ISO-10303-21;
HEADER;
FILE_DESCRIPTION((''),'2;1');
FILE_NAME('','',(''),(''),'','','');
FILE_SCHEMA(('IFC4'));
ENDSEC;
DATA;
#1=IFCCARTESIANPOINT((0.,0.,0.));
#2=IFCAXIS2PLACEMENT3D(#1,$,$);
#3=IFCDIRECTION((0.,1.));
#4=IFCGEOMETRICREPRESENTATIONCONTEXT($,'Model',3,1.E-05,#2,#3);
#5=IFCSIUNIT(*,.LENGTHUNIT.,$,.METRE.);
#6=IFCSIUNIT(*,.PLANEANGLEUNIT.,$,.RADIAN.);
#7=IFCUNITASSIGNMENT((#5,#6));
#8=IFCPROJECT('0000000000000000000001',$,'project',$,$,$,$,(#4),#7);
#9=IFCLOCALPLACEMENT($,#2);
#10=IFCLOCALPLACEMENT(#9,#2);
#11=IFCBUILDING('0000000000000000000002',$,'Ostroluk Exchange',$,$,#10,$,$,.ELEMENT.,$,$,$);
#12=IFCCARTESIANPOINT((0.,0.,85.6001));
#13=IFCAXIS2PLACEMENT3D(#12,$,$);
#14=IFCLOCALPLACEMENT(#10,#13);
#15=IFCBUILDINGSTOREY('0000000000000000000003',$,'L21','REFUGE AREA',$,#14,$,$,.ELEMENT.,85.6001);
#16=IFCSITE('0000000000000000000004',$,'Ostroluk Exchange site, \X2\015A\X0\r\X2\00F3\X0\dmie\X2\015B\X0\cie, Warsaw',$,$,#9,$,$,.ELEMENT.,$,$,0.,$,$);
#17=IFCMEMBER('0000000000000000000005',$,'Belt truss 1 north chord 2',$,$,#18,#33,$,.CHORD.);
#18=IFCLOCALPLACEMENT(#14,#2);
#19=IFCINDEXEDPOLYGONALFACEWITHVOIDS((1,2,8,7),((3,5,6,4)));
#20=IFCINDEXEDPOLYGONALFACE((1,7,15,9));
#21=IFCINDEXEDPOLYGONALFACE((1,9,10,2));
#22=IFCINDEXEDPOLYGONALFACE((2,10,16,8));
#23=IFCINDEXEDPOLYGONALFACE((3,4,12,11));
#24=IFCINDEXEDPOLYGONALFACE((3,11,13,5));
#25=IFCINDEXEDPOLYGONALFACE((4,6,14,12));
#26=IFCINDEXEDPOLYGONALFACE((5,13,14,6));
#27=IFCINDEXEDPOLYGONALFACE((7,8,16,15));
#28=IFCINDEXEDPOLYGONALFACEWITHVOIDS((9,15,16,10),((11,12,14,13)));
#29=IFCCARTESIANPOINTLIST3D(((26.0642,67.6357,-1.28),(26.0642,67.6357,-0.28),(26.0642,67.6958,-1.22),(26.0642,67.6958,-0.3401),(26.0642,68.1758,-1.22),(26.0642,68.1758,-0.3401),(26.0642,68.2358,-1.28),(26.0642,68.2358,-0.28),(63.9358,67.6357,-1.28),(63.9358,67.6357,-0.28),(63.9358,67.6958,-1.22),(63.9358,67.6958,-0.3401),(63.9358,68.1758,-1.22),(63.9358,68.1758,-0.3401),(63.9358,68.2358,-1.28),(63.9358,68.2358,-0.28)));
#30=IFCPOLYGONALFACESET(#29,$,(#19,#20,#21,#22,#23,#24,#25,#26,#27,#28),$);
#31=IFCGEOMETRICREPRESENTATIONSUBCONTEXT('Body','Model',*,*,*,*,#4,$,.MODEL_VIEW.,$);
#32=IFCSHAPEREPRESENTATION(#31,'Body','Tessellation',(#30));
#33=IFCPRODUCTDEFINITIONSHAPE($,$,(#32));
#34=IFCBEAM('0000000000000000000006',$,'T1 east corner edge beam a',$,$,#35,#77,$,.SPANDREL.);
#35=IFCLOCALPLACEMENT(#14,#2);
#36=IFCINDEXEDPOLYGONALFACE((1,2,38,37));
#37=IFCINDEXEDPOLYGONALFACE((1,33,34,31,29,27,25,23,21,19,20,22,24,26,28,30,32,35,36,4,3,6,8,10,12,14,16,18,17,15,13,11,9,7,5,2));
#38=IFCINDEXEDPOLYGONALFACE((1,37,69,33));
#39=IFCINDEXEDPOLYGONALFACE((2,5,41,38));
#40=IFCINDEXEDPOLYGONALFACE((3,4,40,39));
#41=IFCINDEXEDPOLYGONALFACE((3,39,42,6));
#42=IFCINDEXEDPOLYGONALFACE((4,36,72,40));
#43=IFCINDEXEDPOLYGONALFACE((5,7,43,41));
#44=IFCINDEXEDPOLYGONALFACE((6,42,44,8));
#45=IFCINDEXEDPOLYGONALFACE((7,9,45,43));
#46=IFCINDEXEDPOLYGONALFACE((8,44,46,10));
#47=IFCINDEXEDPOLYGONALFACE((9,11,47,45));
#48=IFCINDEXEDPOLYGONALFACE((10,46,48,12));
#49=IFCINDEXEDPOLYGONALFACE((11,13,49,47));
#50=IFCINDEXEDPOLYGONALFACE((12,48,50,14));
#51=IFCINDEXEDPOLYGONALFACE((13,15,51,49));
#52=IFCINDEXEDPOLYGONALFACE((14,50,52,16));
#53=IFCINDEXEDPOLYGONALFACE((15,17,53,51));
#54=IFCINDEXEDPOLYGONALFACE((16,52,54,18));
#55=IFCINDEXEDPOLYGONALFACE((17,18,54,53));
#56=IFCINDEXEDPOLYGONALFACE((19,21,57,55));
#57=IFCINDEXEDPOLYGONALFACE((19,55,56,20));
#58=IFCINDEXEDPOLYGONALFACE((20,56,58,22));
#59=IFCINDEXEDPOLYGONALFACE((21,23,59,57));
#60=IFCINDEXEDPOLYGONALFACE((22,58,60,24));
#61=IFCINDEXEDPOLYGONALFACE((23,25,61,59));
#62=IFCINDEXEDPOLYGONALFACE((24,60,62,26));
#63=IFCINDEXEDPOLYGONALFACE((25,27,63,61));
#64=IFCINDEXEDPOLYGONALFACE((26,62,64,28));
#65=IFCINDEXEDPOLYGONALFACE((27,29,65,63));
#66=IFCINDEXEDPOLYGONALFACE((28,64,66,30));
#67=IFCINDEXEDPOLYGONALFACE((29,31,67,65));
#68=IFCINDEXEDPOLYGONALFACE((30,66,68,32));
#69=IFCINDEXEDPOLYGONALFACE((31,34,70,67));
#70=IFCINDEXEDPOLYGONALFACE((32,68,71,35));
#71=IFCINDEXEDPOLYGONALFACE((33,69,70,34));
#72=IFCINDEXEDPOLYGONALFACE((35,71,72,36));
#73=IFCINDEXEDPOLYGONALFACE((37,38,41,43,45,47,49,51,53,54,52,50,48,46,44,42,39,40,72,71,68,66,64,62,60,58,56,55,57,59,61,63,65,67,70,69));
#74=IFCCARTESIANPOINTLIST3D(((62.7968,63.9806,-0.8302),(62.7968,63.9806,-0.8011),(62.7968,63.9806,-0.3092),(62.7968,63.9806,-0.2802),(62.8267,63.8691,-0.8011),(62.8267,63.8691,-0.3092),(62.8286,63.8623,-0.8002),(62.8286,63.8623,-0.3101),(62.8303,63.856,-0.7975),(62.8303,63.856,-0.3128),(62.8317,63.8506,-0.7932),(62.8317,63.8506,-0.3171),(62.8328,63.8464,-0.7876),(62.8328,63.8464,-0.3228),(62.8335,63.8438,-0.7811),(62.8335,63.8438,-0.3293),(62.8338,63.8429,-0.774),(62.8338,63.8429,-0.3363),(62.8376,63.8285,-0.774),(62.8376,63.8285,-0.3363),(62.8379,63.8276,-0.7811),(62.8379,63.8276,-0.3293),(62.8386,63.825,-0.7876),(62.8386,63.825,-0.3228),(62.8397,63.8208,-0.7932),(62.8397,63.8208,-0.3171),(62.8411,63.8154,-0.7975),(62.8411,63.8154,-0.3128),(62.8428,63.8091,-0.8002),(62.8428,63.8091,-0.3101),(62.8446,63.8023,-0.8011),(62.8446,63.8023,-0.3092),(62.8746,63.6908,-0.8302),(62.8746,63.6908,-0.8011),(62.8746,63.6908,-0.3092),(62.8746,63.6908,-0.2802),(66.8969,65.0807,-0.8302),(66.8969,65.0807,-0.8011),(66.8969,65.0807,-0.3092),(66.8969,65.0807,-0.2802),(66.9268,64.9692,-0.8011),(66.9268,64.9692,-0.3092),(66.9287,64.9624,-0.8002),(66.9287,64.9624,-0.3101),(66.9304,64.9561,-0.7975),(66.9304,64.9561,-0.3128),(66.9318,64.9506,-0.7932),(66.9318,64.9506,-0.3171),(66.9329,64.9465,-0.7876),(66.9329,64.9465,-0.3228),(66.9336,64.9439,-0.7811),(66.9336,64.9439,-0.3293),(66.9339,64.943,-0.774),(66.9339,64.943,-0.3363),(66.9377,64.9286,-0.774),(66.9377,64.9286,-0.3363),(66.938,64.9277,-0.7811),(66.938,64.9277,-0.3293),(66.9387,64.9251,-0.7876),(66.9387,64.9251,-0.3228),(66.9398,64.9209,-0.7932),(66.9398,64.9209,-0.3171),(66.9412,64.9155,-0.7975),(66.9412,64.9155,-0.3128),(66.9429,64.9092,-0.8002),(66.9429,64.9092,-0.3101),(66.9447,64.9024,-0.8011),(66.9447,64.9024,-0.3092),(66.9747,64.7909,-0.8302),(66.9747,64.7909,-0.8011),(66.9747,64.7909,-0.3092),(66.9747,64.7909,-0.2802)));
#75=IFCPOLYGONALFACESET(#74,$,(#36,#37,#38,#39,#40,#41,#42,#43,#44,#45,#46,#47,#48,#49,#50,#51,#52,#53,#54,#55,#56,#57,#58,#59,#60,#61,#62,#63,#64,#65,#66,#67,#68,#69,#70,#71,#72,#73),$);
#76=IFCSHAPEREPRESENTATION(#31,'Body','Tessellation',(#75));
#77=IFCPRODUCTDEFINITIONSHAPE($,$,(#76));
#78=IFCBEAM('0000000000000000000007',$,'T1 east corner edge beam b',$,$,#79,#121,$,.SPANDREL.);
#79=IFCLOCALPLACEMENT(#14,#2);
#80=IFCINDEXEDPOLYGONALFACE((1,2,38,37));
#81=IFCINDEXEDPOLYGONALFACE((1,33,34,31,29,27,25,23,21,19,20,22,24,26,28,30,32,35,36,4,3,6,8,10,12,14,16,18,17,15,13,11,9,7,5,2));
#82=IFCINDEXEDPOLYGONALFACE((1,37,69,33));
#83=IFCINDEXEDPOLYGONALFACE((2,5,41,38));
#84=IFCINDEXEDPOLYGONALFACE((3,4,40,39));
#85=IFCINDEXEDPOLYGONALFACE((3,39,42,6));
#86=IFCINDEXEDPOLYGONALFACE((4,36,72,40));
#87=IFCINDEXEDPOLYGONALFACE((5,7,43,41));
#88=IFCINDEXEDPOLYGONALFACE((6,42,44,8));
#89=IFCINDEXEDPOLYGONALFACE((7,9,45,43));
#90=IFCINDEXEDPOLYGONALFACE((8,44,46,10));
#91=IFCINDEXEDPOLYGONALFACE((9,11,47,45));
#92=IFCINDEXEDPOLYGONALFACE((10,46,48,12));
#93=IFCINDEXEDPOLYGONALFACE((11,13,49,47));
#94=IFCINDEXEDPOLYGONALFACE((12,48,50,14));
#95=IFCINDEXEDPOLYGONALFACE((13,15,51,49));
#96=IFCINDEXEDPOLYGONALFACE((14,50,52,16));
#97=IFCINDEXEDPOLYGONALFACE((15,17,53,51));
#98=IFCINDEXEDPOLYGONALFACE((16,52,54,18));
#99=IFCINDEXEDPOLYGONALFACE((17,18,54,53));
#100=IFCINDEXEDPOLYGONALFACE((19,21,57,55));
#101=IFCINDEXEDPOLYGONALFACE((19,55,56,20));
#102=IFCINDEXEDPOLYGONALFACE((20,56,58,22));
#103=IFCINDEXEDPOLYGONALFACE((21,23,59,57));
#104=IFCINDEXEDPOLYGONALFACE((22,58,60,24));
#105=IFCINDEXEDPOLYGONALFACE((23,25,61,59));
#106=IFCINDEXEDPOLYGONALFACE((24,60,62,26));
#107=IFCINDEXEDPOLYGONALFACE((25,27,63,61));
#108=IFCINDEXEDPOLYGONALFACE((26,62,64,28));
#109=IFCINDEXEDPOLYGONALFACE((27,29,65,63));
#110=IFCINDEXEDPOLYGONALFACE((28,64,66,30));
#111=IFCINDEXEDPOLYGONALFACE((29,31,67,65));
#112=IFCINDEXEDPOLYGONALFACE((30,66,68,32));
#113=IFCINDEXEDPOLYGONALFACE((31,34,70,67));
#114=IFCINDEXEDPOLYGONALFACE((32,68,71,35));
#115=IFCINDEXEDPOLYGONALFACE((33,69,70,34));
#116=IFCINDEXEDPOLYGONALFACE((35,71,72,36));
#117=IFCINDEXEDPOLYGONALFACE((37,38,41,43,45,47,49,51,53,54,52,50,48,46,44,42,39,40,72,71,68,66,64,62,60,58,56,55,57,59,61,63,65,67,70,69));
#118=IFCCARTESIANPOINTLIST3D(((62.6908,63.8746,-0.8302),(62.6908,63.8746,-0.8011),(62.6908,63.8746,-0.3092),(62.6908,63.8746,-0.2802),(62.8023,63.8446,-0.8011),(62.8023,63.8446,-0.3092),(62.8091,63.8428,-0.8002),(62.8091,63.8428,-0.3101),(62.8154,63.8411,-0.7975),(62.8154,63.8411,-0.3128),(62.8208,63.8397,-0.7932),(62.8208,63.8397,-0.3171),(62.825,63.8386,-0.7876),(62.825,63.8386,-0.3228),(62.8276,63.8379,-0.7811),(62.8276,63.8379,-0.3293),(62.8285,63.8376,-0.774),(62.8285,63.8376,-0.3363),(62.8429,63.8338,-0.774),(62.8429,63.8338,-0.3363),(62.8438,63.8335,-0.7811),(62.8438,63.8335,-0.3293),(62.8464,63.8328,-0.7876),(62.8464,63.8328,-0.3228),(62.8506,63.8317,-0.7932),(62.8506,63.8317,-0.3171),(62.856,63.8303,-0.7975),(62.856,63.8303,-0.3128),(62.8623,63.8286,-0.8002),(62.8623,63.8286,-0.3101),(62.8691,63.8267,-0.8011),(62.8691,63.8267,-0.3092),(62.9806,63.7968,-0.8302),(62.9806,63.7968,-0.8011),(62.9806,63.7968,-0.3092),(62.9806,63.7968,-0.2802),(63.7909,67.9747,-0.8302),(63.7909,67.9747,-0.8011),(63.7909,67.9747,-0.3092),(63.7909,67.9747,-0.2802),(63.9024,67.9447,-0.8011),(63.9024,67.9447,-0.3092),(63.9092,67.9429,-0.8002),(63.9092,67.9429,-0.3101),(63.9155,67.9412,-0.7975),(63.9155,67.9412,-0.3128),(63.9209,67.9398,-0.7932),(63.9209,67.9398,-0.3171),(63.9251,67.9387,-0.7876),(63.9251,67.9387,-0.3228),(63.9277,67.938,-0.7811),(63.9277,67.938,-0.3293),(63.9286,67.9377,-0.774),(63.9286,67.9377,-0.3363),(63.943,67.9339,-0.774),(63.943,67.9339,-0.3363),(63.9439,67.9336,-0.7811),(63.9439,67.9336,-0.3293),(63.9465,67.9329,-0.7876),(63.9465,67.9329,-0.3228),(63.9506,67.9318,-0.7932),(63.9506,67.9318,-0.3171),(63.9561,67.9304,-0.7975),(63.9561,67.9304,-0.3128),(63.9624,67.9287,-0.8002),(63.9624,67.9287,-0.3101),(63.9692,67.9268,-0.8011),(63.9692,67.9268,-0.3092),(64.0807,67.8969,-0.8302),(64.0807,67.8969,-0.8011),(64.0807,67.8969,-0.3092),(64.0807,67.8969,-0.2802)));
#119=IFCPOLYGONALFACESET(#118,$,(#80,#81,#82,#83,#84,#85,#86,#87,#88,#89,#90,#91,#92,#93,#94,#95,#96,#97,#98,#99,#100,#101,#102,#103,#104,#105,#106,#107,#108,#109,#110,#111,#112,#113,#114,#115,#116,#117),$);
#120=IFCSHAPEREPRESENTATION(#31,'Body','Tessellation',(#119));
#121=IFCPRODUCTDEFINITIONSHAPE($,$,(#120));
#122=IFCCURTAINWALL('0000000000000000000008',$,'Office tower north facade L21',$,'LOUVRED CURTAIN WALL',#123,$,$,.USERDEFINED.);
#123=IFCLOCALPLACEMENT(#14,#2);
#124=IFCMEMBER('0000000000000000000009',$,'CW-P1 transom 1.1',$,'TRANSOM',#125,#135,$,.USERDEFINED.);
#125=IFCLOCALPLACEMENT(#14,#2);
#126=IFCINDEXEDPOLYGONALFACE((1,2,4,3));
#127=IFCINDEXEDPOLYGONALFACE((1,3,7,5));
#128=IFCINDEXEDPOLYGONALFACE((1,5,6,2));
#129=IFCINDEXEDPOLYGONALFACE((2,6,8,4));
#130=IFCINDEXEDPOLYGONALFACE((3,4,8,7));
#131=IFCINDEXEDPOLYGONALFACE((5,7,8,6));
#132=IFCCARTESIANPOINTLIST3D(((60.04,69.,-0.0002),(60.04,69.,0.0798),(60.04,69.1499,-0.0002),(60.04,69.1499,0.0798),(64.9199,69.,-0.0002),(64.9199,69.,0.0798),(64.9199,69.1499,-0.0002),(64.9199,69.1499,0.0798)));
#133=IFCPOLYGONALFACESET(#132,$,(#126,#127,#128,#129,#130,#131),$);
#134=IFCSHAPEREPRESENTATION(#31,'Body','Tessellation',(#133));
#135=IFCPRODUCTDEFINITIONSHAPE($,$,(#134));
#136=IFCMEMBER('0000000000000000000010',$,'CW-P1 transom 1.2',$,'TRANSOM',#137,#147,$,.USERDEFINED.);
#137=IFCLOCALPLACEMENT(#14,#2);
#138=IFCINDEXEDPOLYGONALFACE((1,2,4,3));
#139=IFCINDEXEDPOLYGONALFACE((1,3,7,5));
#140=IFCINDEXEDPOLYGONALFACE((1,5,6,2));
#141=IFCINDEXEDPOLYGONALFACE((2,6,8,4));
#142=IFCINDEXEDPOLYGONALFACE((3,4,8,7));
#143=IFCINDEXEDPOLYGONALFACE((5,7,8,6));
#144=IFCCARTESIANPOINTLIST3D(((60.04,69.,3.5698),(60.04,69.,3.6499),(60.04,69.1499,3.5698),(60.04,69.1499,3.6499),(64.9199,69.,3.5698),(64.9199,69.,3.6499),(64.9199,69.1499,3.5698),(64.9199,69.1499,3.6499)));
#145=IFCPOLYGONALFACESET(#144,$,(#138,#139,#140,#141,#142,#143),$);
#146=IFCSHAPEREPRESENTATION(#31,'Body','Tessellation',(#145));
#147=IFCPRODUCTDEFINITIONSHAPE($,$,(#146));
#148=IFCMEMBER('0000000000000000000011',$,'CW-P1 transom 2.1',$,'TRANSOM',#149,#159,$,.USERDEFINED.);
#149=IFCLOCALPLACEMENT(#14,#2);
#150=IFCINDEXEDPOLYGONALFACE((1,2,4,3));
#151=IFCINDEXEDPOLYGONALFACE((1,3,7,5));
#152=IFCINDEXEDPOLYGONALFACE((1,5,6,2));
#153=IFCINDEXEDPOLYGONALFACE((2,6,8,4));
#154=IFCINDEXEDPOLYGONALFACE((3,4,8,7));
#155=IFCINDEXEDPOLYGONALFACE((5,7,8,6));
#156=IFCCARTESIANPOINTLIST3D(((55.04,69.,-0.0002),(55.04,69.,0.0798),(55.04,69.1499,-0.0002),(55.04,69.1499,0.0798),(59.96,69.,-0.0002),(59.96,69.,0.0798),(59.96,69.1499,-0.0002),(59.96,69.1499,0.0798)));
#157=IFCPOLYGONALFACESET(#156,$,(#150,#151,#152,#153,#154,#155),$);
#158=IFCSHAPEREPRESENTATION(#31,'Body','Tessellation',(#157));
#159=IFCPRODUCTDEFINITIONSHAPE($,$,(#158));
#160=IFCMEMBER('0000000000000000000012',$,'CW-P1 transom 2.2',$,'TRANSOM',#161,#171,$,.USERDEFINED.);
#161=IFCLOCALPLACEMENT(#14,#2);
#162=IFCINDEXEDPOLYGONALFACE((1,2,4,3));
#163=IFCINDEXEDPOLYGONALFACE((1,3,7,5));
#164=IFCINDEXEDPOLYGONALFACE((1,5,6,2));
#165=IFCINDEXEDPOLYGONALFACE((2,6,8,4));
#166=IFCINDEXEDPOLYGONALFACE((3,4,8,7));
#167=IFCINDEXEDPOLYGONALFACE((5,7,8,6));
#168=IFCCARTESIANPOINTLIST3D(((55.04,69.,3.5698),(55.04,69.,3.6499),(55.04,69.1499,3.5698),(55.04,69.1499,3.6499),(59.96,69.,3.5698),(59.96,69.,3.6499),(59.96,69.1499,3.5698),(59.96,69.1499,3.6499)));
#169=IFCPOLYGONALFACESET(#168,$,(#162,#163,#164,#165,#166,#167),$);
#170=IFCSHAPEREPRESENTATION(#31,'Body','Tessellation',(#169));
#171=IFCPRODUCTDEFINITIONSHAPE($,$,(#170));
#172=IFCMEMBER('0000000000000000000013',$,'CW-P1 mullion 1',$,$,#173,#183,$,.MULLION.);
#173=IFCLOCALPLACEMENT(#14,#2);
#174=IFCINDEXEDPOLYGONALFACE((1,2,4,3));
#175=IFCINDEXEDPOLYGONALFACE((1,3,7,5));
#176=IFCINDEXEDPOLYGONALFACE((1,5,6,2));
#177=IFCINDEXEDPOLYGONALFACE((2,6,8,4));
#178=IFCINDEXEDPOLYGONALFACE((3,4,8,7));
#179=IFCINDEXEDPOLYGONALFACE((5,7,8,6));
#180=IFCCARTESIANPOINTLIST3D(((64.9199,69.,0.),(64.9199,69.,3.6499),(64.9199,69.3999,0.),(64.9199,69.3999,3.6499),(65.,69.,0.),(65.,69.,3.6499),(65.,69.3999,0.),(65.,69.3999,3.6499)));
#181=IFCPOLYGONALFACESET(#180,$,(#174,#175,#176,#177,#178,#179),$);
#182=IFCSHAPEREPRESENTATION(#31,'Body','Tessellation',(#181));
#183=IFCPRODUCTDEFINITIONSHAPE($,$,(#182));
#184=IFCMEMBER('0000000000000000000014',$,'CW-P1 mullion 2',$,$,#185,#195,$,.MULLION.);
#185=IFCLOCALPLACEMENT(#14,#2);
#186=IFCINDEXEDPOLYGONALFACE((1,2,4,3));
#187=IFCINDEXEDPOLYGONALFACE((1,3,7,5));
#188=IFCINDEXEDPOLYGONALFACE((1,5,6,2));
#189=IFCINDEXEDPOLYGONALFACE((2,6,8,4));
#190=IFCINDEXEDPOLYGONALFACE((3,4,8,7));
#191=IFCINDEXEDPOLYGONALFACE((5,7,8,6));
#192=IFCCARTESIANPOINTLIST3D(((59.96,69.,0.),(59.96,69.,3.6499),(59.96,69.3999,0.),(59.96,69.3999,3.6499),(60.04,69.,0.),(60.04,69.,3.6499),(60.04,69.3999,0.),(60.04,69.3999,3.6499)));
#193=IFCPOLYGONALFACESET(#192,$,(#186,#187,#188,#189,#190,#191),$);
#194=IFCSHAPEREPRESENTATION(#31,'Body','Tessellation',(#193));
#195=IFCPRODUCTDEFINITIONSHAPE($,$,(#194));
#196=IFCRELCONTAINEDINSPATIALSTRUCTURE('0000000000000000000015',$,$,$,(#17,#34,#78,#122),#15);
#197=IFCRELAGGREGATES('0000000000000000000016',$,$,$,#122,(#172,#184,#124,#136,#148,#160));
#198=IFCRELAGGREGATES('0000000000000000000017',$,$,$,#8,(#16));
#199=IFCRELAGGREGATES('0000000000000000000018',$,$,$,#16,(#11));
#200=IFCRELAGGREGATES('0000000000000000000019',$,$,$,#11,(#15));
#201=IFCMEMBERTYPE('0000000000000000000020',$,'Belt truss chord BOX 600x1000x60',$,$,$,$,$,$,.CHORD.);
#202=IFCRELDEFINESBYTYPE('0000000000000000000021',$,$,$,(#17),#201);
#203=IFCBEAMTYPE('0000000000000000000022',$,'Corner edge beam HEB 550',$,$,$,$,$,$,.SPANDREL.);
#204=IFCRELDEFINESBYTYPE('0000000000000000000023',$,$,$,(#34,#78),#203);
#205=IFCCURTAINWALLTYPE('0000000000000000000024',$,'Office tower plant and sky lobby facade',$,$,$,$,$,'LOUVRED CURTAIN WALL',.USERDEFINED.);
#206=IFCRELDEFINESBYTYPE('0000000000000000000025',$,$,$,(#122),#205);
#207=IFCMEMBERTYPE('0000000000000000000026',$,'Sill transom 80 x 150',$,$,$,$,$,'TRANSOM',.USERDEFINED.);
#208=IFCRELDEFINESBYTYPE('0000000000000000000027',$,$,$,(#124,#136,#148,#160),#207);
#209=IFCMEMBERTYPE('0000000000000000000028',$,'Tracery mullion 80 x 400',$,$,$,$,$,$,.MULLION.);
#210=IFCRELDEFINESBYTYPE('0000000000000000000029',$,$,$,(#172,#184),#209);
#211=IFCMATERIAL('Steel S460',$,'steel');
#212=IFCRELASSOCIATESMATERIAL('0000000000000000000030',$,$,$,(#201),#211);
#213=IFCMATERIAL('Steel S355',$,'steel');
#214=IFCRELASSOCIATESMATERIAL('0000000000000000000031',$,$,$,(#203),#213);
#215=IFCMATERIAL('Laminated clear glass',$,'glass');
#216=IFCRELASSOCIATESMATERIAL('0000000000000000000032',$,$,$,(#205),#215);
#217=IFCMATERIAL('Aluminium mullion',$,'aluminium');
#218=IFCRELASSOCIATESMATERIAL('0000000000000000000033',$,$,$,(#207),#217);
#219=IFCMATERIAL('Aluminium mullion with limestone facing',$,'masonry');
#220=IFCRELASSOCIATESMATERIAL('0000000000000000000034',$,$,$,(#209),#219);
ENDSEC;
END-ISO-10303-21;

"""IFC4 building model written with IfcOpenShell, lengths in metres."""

from ifc_helpers import new_model, si_unit, direction, frame, origin, origin_2d, place, context, subcontext, project, spatial, rectangle, hollow_rectangle, i_section, extrude, material, material_profile, profile_set, type_object, element, aggregate, save


model = new_model("IFC4")

# Units and contexts
model_context = context("Model", 3, precision=1e-05, world=origin(), true_north=direction((0.0, 1.0)))
body_context = subcontext(model_context, "Body", "Model", "MODEL_VIEW")
ifc_project = project(units=[si_unit("LENGTHUNIT", "METRE"), si_unit("PLANEANGLEUNIT", "RADIAN")], contexts=[model_context])

# Site, building, storey
site_placement = place(None, origin())
site = spatial("IfcSite", under=ifc_project, at=site_placement, Name="Ostroluk Exchange site, Śródmieście, Warsaw", CompositionType="ELEMENT", RefElevation=0.0)
building_placement = place(site_placement, origin())
building = spatial("IfcBuilding", under=site, at=building_placement, Name="Ostroluk Exchange", CompositionType="ELEMENT")
storey_placement = place(building_placement, frame((0.0, 0.0, 85.6001)))
storey = spatial("IfcBuildingStorey", under=building, at=storey_placement, Name="L21", Description="REFUGE AREA", CompositionType="ELEMENT", Elevation=85.6001)

# Member
ifc_material_1 = material(Name="Steel S460", Category="steel")
ifc_material_profile_1 = material_profile(ifc_material_1, hollow_rectangle(XDim=0.6001, YDim=1.0, WallThickness=0.0601, at=origin_2d()), Name="BOX 600x1000x60")
ifc_profile_set_1 = profile_set([ifc_material_profile_1], Name="Steel S460")
member_type_1 = type_object("IfcMemberType", Name="Belt truss chord BOX 600x1000x60", PredefinedType="CHORD", material=ifc_profile_set_1)
member_1_placement = place(storey_placement, frame((63.9358, 67.9358, -0.78), z_axis=(-1.0, 0.0, 0.0), x_axis=(0.0, -1.0, 0.0)))
element("IfcMember", 1, at=member_1_placement, inside=storey, type_object=member_type_1, Name="Belt truss 1 north chord 2", PredefinedType="CHORD", context=body_context, shape_type="SweptSolid", body=[
    extrude(hollow_rectangle(XDim=0.6001, YDim=1.0, WallThickness=0.0601, at=origin_2d()), origin(), (0.0, 0.0, 1.0), 37.8716),
])

# Beams
ifc_material_2 = material(Name="Steel S355", Category="steel")
ifc_material_profile_2 = material_profile(ifc_material_2, i_section(OverallWidth=0.3, OverallDepth=0.55, WebThickness=0.0149, FlangeThickness=0.0291, FilletRadius=0.0271, at=origin_2d()), Name="HEB 550")
ifc_profile_set_2 = profile_set([ifc_material_profile_2], Name="Steel S355")
beam_type = type_object("IfcBeamType", Name="Corner edge beam HEB 550", PredefinedType="SPANDREL", material=ifc_profile_set_2)
for number, where, z_axis, x_axis, name in (
    (2, (62.8357, 63.8357, -0.5552), (0.965839, 0.259144, 0.0), (-0.259144, 0.965839, 0.0), "T1 east corner edge beam a"),
    (3, (62.8357, 63.8357, -0.5552), (0.259144, 0.965839, 0.0), (-0.965839, 0.259144, 0.0), "T1 east corner edge beam b"),
):
    element("IfcBeam", number, at=place(storey_placement, frame(where, z_axis=z_axis, x_axis=x_axis)), inside=storey, type_object=beam_type, Name=name, PredefinedType="SPANDREL", context=body_context, shape_type="SweptSolid", body=[
        extrude(i_section(OverallWidth=0.3, OverallDepth=0.55, WebThickness=0.0149, FlangeThickness=0.0291, FilletRadius=0.0271, at=origin_2d()), origin(), (0.0, 0.0, 1.0), 4.2451),
    ])

# Curtain wall, members
ifc_material_3 = material(Name="Laminated clear glass", Category="glass")
curtain_wall_type = type_object("IfcCurtainWallType", Name="Office tower plant and sky lobby facade", ElementType="LOUVRED CURTAIN WALL", PredefinedType="USERDEFINED", material=ifc_material_3)
curtain_wall_placement = place(storey_placement, origin())
curtain_wall = element("IfcCurtainWall", 4, at=curtain_wall_placement, inside=storey, type_object=curtain_wall_type, Name="Office tower north facade L21", ObjectType="LOUVRED CURTAIN WALL", PredefinedType="USERDEFINED")
ifc_material_4 = material(Name="Aluminium mullion", Category="aluminium")
ifc_material_profile_3 = material_profile(ifc_material_4, rectangle(XDim=0.1499, YDim=0.0801, at=origin_2d()), Name="Sill transom 80 x 150")
ifc_profile_set_3 = profile_set([ifc_material_profile_3], Name="Aluminium mullion")
member_type_2 = type_object("IfcMemberType", Name="Sill transom 80 x 150", ElementType="TRANSOM", PredefinedType="USERDEFINED", material=ifc_profile_set_3)
member_2_placement = place(storey_placement, frame((64.9199, 69.075, 0.0398), z_axis=(-1.0, 0.0, 0.0), x_axis=(0.0, -1.0, 0.0)))
member_2 = element("IfcMember", 5, at=member_2_placement, type_object=member_type_2, Name="CW-P1 transom 1.1", ObjectType="TRANSOM", PredefinedType="USERDEFINED", context=body_context, shape_type="SweptSolid", body=[
    extrude(rectangle(XDim=0.1499, YDim=0.0801, at=origin_2d()), origin(), (0.0, 0.0, 1.0), 4.8799),
])
member_3_placement = place(storey_placement, frame((64.9199, 69.075, 3.6099), z_axis=(-1.0, 0.0, 0.0), x_axis=(0.0, -1.0, 0.0)))
member_3 = element("IfcMember", 6, at=member_3_placement, type_object=member_type_2, Name="CW-P1 transom 1.2", ObjectType="TRANSOM", PredefinedType="USERDEFINED", context=body_context, shape_type="SweptSolid", body=[
    extrude(rectangle(XDim=0.1499, YDim=0.0801, at=origin_2d()), origin(), (0.0, 0.0, 1.0), 4.8799),
])
member_4_placement = place(storey_placement, frame((59.96, 69.075, 0.0398), z_axis=(-1.0, 0.0, 0.0), x_axis=(0.0, -1.0, 0.0)))
member_4 = element("IfcMember", 7, at=member_4_placement, type_object=member_type_2, Name="CW-P1 transom 2.1", ObjectType="TRANSOM", PredefinedType="USERDEFINED", context=body_context, shape_type="SweptSolid", body=[
    extrude(rectangle(XDim=0.1499, YDim=0.0801, at=origin_2d()), origin(), (0.0, 0.0, 1.0), 4.9199),
])
member_5_placement = place(storey_placement, frame((59.96, 69.075, 3.6099), z_axis=(-1.0, 0.0, 0.0), x_axis=(0.0, -1.0, 0.0)))
member_5 = element("IfcMember", 8, at=member_5_placement, type_object=member_type_2, Name="CW-P1 transom 2.2", ObjectType="TRANSOM", PredefinedType="USERDEFINED", context=body_context, shape_type="SweptSolid", body=[
    extrude(rectangle(XDim=0.1499, YDim=0.0801, at=origin_2d()), origin(), (0.0, 0.0, 1.0), 4.9199),
])
ifc_material_5 = material(Name="Aluminium mullion with limestone facing", Category="masonry")
ifc_material_profile_4 = material_profile(ifc_material_5, rectangle(XDim=0.3999, YDim=0.0801, at=origin_2d()), Name="Tracery mullion 80 x 400")
ifc_profile_set_4 = profile_set([ifc_material_profile_4], Name="Aluminium mullion with limestone facing")
member_type_3 = type_object("IfcMemberType", Name="Tracery mullion 80 x 400", PredefinedType="MULLION", material=ifc_profile_set_4)
member_6_placement = place(storey_placement, frame((64.96, 69.2, 0.0), z_axis=(0.0, 0.0, 1.0), x_axis=(0.0, -1.0, 0.0)))
member_6 = element("IfcMember", 9, at=member_6_placement, type_object=member_type_3, Name="CW-P1 mullion 1", PredefinedType="MULLION", context=body_context, shape_type="SweptSolid", body=[
    extrude(rectangle(XDim=0.3999, YDim=0.0801, at=origin_2d()), origin(), (0.0, 0.0, 1.0), 3.6499),
])
member_7_placement = place(storey_placement, frame((60.0, 69.2, 0.0), z_axis=(0.0, 0.0, 1.0), x_axis=(0.0, -1.0, 0.0)))
member_7 = element("IfcMember", 10, at=member_7_placement, type_object=member_type_3, Name="CW-P1 mullion 2", PredefinedType="MULLION", context=body_context, shape_type="SweptSolid", body=[
    extrude(rectangle(XDim=0.3999, YDim=0.0801, at=origin_2d()), origin(), (0.0, 0.0, 1.0), 3.6499),
])
aggregate(curtain_wall, [member_6, member_7, member_2, member_3, member_4, member_5])

save(model, "model.ifc")
